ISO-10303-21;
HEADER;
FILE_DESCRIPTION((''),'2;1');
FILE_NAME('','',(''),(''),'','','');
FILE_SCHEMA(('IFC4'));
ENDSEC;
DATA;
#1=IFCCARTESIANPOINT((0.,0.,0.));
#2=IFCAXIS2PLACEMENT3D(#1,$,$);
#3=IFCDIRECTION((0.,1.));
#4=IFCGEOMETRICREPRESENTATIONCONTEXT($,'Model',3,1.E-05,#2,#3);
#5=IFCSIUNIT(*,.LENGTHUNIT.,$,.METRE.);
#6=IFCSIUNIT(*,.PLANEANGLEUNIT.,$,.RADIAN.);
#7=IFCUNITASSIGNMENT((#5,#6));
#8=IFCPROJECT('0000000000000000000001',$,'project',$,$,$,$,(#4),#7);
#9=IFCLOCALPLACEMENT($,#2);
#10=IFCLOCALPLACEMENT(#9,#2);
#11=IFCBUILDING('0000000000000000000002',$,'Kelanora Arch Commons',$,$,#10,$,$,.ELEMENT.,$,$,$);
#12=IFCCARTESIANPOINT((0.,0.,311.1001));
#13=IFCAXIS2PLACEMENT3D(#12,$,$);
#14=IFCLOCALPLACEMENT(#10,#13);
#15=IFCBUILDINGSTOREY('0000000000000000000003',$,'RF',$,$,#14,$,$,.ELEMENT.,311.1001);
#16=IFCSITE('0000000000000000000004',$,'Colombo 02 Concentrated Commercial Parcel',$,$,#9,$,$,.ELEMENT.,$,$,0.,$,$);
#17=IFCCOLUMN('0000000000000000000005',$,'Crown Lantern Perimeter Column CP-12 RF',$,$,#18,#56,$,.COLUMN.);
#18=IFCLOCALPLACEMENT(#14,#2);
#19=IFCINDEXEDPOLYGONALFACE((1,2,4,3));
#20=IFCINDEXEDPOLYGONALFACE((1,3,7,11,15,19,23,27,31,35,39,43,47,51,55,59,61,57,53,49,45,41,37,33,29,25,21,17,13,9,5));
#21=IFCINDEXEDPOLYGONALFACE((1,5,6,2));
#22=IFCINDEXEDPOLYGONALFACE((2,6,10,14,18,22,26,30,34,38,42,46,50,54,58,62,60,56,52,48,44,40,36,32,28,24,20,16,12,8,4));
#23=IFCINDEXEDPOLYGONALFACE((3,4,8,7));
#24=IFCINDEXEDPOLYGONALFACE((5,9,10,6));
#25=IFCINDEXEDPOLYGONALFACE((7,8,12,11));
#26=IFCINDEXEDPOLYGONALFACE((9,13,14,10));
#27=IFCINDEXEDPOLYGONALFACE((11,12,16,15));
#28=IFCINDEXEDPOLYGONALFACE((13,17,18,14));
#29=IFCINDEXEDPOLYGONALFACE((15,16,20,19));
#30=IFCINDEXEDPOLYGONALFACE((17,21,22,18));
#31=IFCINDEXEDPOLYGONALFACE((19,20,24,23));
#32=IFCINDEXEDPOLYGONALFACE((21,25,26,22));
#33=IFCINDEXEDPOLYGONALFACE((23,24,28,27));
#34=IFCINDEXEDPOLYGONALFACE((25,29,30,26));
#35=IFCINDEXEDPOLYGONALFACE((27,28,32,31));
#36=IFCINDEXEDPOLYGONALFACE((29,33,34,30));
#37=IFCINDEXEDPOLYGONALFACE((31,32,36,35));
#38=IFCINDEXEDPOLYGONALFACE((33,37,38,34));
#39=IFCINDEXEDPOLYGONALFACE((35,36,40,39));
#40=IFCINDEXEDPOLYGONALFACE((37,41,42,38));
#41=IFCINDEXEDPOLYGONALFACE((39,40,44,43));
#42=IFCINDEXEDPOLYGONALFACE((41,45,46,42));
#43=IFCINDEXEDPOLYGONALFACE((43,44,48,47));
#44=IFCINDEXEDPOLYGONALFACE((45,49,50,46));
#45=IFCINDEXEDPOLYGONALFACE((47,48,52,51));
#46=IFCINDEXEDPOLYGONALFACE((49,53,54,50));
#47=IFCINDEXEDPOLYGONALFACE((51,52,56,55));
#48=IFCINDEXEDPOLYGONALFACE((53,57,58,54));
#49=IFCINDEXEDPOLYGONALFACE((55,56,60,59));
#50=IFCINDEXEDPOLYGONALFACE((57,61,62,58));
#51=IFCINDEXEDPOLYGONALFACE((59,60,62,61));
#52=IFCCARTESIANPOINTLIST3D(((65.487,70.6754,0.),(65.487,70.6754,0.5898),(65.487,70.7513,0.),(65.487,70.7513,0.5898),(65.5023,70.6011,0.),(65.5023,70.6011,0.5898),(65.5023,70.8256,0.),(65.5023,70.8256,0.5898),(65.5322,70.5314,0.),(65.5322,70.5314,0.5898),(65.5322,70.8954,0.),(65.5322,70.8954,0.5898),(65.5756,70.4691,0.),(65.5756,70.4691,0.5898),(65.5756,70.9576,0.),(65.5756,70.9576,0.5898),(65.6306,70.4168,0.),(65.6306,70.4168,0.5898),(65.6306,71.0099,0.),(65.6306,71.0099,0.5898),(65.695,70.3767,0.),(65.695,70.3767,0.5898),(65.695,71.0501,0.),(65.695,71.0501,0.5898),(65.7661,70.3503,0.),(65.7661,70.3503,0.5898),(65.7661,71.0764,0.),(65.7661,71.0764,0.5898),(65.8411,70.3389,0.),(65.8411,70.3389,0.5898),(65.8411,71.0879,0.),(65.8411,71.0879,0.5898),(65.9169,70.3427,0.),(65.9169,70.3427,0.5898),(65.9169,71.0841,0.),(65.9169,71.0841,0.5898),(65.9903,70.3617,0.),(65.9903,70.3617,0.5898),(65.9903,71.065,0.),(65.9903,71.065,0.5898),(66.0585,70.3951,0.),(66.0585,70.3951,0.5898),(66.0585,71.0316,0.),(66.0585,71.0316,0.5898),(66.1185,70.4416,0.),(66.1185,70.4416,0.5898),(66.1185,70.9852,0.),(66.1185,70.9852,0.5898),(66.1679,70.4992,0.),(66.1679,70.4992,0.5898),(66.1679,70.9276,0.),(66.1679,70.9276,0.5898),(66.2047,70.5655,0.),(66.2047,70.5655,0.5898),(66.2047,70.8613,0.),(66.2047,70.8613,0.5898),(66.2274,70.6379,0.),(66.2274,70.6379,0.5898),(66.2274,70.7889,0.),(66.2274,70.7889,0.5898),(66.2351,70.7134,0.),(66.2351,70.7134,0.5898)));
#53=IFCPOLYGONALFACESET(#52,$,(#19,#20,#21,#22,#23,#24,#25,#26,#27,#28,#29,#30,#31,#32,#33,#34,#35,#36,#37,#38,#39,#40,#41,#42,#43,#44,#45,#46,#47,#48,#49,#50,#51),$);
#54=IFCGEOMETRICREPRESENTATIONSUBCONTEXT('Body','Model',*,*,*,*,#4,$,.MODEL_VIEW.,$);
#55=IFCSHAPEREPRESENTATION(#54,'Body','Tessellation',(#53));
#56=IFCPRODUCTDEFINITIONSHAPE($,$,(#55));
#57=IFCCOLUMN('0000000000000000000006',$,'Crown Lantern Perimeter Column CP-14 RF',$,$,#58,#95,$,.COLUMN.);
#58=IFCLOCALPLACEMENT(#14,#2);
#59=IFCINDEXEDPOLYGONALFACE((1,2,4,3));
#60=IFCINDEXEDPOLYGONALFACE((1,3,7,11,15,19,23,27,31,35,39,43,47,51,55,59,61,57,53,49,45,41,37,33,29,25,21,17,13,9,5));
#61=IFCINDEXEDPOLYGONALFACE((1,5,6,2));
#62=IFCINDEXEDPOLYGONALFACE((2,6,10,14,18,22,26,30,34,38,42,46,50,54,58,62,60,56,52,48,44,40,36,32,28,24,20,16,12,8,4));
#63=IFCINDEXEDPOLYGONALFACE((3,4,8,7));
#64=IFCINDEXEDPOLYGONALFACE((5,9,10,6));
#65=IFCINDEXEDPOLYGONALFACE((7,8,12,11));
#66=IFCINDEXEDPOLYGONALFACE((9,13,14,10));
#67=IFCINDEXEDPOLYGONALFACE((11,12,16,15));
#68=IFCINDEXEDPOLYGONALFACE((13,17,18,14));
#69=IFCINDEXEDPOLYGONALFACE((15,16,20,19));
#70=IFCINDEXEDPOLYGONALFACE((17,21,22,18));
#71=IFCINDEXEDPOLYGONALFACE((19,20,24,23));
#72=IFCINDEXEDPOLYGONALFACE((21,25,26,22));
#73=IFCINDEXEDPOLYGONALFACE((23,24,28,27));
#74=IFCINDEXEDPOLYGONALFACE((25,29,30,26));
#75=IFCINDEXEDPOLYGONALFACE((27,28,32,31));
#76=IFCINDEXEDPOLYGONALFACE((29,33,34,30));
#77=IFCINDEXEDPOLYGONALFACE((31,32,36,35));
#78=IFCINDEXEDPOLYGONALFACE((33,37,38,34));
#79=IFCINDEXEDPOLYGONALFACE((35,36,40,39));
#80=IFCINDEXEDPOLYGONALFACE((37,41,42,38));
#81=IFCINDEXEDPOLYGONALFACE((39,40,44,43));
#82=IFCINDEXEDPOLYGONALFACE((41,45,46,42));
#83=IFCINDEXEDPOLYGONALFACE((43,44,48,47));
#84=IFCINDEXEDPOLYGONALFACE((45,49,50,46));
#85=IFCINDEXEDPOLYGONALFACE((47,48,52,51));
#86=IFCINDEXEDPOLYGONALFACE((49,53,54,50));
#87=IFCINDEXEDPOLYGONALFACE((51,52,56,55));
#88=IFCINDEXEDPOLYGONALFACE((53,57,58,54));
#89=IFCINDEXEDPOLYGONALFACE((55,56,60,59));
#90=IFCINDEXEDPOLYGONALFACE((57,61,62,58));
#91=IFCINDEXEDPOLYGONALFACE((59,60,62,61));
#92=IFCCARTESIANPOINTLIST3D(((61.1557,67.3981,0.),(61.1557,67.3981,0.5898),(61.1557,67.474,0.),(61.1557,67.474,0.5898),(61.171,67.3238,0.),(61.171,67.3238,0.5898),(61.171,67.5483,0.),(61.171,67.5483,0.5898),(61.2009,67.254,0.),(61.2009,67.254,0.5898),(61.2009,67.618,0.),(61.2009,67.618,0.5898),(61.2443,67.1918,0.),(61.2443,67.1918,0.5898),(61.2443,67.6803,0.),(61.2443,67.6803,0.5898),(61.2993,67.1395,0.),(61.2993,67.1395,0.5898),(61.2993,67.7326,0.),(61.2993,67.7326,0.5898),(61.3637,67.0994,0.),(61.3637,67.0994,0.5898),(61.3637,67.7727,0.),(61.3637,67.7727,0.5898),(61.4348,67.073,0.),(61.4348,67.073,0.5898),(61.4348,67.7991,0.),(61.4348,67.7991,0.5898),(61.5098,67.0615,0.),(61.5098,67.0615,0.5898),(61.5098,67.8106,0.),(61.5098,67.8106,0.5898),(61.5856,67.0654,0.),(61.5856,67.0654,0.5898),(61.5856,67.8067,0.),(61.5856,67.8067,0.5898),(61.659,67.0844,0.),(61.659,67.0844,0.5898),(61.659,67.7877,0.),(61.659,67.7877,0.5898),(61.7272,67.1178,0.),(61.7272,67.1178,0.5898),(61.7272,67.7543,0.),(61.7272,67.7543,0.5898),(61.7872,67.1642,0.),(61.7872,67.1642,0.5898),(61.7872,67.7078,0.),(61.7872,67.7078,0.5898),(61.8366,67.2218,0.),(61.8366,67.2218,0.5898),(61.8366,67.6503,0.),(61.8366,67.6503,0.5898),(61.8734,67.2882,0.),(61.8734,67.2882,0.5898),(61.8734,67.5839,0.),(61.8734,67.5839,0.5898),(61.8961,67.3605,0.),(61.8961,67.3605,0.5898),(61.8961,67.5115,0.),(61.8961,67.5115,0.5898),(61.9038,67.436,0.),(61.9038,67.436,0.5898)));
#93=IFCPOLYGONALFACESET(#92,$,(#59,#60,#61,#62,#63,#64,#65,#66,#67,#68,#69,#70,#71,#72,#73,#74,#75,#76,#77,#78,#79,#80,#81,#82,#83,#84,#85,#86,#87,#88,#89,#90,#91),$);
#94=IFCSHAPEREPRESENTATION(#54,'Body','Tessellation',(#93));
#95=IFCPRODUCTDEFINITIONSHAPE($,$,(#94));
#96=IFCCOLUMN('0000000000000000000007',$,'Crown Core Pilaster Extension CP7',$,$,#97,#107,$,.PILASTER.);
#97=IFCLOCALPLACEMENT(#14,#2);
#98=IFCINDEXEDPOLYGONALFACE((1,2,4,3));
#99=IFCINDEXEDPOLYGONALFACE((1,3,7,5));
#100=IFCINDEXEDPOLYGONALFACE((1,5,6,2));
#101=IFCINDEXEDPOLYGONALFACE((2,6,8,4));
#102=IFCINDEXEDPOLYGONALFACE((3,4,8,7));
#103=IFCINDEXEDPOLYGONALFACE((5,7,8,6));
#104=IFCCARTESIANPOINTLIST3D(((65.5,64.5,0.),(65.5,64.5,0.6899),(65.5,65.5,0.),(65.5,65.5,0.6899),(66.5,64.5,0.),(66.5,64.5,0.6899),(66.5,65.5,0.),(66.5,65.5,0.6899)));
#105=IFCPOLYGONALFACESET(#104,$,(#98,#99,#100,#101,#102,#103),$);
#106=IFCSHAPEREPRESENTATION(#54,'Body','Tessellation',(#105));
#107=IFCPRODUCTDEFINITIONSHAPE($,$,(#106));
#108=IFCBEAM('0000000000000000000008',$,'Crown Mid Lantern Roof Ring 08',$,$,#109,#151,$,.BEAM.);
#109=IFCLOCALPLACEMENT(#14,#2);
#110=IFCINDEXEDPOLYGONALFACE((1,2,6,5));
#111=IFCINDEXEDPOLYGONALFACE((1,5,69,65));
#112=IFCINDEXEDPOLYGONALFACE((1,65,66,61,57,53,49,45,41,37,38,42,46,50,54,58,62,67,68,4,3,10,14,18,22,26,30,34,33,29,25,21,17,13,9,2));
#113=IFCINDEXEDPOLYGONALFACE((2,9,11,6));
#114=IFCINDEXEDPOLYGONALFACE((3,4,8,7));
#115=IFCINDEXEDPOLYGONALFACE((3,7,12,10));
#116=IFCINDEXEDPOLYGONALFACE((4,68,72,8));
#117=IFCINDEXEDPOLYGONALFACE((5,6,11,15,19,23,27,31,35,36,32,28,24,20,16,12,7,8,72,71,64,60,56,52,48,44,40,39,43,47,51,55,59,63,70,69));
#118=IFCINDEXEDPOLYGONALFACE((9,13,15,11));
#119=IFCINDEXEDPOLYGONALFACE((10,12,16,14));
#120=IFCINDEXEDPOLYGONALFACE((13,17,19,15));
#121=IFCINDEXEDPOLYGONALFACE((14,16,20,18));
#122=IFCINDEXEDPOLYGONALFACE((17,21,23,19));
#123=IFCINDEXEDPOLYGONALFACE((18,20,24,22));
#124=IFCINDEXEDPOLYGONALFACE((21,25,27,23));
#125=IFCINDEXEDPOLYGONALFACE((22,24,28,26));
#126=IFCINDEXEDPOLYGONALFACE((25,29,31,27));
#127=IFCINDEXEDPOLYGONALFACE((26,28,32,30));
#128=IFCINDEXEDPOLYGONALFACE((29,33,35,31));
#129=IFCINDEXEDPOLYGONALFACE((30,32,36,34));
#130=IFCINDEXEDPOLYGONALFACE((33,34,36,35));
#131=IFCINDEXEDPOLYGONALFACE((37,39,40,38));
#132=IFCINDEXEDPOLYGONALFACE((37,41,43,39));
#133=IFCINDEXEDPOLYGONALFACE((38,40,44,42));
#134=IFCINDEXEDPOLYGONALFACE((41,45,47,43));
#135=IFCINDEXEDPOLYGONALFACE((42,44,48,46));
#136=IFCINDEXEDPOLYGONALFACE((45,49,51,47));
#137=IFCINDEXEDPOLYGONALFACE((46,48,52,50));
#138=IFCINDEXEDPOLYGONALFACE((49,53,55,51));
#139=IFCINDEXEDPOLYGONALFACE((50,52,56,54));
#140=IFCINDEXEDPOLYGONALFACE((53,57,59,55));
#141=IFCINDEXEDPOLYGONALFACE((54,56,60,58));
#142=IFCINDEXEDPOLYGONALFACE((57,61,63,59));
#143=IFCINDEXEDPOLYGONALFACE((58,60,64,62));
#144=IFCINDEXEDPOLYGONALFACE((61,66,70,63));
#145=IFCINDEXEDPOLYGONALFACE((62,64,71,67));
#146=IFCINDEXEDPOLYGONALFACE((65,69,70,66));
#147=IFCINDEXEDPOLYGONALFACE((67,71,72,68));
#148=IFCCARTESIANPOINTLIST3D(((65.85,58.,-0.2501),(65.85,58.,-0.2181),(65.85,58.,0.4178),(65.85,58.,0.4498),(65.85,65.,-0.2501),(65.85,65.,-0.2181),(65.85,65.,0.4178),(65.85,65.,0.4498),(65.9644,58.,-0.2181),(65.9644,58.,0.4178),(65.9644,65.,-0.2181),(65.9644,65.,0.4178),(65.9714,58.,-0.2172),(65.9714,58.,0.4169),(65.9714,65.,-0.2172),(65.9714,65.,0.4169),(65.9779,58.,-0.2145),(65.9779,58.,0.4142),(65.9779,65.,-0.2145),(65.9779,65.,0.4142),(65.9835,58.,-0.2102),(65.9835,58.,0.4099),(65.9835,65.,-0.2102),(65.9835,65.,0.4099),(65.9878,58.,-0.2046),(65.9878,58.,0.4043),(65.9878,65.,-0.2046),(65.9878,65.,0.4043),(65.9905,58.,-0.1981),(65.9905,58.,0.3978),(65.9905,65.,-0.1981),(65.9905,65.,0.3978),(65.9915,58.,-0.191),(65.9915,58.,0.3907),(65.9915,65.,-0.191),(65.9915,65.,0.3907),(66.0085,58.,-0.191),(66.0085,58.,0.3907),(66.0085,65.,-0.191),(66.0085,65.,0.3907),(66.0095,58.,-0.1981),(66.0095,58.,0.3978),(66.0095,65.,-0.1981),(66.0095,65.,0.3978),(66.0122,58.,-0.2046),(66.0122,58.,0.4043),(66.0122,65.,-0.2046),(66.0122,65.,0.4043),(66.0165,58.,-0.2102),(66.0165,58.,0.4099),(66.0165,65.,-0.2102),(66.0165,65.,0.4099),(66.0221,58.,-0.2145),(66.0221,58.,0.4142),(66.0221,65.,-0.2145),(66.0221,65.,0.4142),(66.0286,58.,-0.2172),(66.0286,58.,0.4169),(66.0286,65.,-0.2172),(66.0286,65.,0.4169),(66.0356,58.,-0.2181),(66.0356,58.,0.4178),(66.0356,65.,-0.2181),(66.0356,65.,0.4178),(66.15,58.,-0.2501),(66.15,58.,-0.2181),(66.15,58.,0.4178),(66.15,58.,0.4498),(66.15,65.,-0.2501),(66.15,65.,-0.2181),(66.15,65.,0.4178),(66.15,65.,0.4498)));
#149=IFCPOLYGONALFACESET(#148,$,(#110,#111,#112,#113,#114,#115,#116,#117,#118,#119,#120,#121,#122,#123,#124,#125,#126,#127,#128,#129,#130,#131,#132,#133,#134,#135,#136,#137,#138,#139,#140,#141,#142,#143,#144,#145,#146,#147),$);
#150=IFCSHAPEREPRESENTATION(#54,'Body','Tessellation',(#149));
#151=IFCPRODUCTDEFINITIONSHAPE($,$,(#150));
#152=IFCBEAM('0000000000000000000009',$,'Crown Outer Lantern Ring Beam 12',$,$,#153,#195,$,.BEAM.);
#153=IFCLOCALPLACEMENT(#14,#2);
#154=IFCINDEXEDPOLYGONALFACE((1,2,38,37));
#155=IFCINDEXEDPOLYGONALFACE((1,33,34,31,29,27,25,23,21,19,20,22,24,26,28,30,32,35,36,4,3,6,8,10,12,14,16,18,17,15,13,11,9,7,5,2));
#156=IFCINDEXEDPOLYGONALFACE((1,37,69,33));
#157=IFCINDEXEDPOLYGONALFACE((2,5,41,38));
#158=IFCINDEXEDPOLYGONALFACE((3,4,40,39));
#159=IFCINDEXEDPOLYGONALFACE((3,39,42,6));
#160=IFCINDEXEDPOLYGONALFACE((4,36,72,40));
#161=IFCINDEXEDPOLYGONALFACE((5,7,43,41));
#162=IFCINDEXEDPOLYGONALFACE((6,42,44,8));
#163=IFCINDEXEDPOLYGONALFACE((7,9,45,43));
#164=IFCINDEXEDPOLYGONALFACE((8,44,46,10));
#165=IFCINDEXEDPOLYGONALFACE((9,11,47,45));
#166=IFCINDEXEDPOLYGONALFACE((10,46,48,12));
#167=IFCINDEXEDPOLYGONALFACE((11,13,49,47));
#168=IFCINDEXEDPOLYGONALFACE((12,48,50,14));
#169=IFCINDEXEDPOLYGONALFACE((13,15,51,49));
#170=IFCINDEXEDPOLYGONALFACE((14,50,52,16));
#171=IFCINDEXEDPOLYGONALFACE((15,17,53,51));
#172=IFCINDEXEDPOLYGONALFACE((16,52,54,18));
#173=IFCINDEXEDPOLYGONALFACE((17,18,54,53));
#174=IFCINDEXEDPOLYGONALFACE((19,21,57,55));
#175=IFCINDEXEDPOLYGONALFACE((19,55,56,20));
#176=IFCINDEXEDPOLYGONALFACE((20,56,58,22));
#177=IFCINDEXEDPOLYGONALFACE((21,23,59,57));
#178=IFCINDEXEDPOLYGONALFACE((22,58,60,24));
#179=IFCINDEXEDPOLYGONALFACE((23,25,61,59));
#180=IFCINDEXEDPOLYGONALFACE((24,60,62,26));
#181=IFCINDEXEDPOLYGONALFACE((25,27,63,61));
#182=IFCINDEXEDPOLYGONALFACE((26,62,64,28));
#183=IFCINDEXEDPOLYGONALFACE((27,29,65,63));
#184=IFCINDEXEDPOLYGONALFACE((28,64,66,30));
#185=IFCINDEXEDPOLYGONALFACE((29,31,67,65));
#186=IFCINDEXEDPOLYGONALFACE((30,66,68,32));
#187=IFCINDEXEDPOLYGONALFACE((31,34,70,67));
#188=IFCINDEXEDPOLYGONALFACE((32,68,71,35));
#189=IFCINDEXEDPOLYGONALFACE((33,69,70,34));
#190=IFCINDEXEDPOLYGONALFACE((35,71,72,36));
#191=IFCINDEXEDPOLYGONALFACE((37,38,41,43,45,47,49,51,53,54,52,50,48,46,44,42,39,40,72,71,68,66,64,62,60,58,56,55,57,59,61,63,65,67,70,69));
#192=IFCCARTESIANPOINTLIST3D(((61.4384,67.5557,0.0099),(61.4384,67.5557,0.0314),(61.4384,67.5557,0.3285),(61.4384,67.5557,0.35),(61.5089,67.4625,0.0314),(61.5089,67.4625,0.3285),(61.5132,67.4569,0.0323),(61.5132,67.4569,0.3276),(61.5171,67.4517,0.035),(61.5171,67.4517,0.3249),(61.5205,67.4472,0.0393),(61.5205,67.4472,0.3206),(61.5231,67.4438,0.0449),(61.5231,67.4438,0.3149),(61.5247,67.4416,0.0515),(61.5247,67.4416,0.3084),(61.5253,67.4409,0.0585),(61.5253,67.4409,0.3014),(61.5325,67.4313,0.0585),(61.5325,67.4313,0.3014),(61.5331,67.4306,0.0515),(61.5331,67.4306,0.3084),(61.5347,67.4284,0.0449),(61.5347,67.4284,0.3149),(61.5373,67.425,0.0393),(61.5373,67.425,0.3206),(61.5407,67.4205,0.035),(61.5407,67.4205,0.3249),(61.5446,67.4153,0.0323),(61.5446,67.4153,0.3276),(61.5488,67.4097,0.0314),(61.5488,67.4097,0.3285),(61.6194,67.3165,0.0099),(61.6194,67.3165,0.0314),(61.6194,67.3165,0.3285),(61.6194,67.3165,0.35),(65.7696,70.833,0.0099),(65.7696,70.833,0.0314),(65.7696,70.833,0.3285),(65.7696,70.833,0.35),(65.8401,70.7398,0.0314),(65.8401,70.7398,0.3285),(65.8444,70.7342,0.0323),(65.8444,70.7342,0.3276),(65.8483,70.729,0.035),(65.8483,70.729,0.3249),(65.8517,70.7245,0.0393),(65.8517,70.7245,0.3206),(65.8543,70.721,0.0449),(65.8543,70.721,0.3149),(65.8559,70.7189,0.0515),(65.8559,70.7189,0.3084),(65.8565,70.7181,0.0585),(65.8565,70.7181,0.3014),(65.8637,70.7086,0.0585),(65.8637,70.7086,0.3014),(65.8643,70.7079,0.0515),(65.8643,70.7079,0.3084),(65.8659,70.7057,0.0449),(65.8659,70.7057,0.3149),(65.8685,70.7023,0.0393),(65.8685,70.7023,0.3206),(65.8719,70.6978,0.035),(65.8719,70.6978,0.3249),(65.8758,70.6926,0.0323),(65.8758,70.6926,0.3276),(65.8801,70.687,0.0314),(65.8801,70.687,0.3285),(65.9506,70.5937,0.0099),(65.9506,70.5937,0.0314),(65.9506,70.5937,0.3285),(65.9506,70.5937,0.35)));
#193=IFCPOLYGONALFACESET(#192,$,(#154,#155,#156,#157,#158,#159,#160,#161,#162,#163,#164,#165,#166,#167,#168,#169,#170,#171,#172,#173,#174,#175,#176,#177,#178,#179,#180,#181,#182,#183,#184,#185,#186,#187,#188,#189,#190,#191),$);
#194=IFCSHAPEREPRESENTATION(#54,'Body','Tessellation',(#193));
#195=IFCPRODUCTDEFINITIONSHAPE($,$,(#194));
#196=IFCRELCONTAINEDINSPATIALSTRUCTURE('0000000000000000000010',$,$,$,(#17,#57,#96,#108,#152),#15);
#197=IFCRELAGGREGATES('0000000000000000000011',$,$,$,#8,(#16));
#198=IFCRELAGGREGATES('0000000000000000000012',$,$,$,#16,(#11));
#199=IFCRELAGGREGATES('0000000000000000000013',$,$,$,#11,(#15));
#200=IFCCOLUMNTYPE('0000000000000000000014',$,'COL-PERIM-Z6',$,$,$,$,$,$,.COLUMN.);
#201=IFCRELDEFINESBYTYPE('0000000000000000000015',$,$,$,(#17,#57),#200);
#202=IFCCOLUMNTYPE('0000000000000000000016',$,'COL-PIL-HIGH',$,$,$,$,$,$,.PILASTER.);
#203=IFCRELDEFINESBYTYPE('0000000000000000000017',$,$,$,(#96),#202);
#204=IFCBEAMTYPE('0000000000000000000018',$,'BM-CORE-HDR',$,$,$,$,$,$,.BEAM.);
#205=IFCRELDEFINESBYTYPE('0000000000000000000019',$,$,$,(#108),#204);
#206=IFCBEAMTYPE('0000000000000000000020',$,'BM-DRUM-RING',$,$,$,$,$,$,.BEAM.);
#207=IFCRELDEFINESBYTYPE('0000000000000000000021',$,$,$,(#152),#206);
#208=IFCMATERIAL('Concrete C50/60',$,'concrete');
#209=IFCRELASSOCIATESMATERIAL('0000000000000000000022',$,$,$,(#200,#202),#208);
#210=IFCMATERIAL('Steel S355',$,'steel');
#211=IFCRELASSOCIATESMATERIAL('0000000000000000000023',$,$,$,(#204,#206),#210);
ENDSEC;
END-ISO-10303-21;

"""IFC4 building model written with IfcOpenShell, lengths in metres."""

from ifc_helpers import new_model, si_unit, direction, frame, origin, origin_2d, place, context, subcontext, project, spatial, rectangle, circle, i_section, extrude, material, material_profile, profile_set, type_object, element, save


model = new_model("IFC4")

# Units and contexts
model_context = context("Model", 3, precision=1e-05, world=origin(), true_north=direction((0.0, 1.0)))
body_context = subcontext(model_context, "Body", "Model", "MODEL_VIEW")
ifc_project = project(units=[si_unit("LENGTHUNIT", "METRE"), si_unit("PLANEANGLEUNIT", "RADIAN")], contexts=[model_context])

# Site, building, storey
site_placement = place(None, origin())
site = spatial("IfcSite", under=ifc_project, at=site_placement, Name="Colombo 02 Concentrated Commercial Parcel", CompositionType="ELEMENT", RefElevation=0.0)
building_placement = place(site_placement, origin())
building = spatial("IfcBuilding", under=site, at=building_placement, Name="Kelanora Arch Commons", CompositionType="ELEMENT")
storey_placement = place(building_placement, frame((0.0, 0.0, 311.1001)))
storey = spatial("IfcBuildingStorey", under=building, at=storey_placement, Name="RF", CompositionType="ELEMENT", Elevation=311.1001)

# Columns
ifc_material_1 = material(Name="Concrete C50/60", Category="concrete")
ifc_material_profile_1 = material_profile(ifc_material_1, circle(Radius=0.375, at=origin_2d()), Name="RCC750")
ifc_profile_set_1 = profile_set([ifc_material_profile_1], Name="Concrete C50/60")
column_type_1 = type_object("IfcColumnType", Name="COL-PERIM-Z6", PredefinedType="COLUMN", material=ifc_profile_set_1)
for number, where, z_axis, x_axis, name in (
    (1, (65.8601, 70.7134, 0.0), (0.0, 0.0, 1.0), (1.0, 0.0, 0.0), "Crown Lantern Perimeter Column CP-12 RF"),
    (2, (61.5288, 67.436, 0.0), (0.0, 0.0, 1.0), (1.0, 0.0, 0.0), "Crown Lantern Perimeter Column CP-14 RF"),
):
    element("IfcColumn", number, at=place(storey_placement, frame(where, z_axis=z_axis, x_axis=x_axis)), inside=storey, type_object=column_type_1, Name=name, PredefinedType="COLUMN", context=body_context, shape_type="SweptSolid", body=[
        extrude(circle(Radius=0.375, at=origin_2d()), origin(), (0.0, 0.0, 1.0), 0.5898),
    ])
ifc_material_profile_2 = material_profile(ifc_material_1, rectangle(XDim=1.0, YDim=1.0, at=origin_2d()), Name="RC1000x1000")
ifc_profile_set_2 = profile_set([ifc_material_profile_2], Name="Concrete C50/60")
column_type_2 = type_object("IfcColumnType", Name="COL-PIL-HIGH", PredefinedType="PILASTER", material=ifc_profile_set_2)
column_placement = place(storey_placement, frame((66.0, 65.0, 0.0), z_axis=(0.0, 0.0, 1.0), x_axis=(1.0, 0.0, 0.0)))
element("IfcColumn", 3, at=column_placement, inside=storey, type_object=column_type_2, Name="Crown Core Pilaster Extension CP7", PredefinedType="PILASTER", context=body_context, shape_type="SweptSolid", body=[
    extrude(rectangle(XDim=1.0, YDim=1.0, at=origin_2d()), origin(), (0.0, 0.0, 1.0), 0.6899),
])

# Beams
ifc_material_2 = material(Name="Steel S355", Category="steel")
ifc_material_profile_3 = material_profile(ifc_material_2, i_section(OverallWidth=0.3, OverallDepth=0.7, WebThickness=0.0171, FlangeThickness=0.032, FilletRadius=0.0271, at=origin_2d()), Name="HEB700")
ifc_profile_set_3 = profile_set([ifc_material_profile_3], Name="Steel S355")
beam_type_1 = type_object("IfcBeamType", Name="BM-CORE-HDR", PredefinedType="BEAM", material=ifc_profile_set_3)
beam_1_placement = place(storey_placement, frame((66.0, 65.0, 0.0999), z_axis=(0.0, -1.0, 0.0), x_axis=(1.0, 0.0, 0.0)))
element("IfcBeam", 4, at=beam_1_placement, inside=storey, type_object=beam_type_1, Name="Crown Mid Lantern Roof Ring 08", PredefinedType="BEAM", context=body_context, shape_type="SweptSolid", body=[
    extrude(i_section(OverallWidth=0.3, OverallDepth=0.7, WebThickness=0.0171, FlangeThickness=0.032, FilletRadius=0.0271, at=origin_2d()), origin(), (0.0, 0.0, 1.0), 7.0),
])
ifc_material_profile_4 = material_profile(ifc_material_2, i_section(OverallWidth=0.3, OverallDepth=0.3401, WebThickness=0.012, FlangeThickness=0.0215, FilletRadius=0.0271, at=origin_2d()), Name="HEB340")
ifc_profile_set_4 = profile_set([ifc_material_profile_4], Name="Steel S355")
beam_type_2 = type_object("IfcBeamType", Name="BM-DRUM-RING", PredefinedType="BEAM", material=ifc_profile_set_4)
beam_2_placement = place(storey_placement, frame((65.8601, 70.7134, 0.1799), z_axis=(-0.797441, -0.603396, 0.0), x_axis=(0.603396, -0.797441, 0.0)))
element("IfcBeam", 5, at=beam_2_placement, inside=storey, type_object=beam_type_2, Name="Crown Outer Lantern Ring Beam 12", PredefinedType="BEAM", context=body_context, shape_type="SweptSolid", body=[
    extrude(i_section(OverallWidth=0.3, OverallDepth=0.3401, WebThickness=0.012, FlangeThickness=0.0215, FilletRadius=0.0271, at=origin_2d()), origin(), (0.0, 0.0, 1.0), 5.4314),
])

save(model, "model.ifc")
